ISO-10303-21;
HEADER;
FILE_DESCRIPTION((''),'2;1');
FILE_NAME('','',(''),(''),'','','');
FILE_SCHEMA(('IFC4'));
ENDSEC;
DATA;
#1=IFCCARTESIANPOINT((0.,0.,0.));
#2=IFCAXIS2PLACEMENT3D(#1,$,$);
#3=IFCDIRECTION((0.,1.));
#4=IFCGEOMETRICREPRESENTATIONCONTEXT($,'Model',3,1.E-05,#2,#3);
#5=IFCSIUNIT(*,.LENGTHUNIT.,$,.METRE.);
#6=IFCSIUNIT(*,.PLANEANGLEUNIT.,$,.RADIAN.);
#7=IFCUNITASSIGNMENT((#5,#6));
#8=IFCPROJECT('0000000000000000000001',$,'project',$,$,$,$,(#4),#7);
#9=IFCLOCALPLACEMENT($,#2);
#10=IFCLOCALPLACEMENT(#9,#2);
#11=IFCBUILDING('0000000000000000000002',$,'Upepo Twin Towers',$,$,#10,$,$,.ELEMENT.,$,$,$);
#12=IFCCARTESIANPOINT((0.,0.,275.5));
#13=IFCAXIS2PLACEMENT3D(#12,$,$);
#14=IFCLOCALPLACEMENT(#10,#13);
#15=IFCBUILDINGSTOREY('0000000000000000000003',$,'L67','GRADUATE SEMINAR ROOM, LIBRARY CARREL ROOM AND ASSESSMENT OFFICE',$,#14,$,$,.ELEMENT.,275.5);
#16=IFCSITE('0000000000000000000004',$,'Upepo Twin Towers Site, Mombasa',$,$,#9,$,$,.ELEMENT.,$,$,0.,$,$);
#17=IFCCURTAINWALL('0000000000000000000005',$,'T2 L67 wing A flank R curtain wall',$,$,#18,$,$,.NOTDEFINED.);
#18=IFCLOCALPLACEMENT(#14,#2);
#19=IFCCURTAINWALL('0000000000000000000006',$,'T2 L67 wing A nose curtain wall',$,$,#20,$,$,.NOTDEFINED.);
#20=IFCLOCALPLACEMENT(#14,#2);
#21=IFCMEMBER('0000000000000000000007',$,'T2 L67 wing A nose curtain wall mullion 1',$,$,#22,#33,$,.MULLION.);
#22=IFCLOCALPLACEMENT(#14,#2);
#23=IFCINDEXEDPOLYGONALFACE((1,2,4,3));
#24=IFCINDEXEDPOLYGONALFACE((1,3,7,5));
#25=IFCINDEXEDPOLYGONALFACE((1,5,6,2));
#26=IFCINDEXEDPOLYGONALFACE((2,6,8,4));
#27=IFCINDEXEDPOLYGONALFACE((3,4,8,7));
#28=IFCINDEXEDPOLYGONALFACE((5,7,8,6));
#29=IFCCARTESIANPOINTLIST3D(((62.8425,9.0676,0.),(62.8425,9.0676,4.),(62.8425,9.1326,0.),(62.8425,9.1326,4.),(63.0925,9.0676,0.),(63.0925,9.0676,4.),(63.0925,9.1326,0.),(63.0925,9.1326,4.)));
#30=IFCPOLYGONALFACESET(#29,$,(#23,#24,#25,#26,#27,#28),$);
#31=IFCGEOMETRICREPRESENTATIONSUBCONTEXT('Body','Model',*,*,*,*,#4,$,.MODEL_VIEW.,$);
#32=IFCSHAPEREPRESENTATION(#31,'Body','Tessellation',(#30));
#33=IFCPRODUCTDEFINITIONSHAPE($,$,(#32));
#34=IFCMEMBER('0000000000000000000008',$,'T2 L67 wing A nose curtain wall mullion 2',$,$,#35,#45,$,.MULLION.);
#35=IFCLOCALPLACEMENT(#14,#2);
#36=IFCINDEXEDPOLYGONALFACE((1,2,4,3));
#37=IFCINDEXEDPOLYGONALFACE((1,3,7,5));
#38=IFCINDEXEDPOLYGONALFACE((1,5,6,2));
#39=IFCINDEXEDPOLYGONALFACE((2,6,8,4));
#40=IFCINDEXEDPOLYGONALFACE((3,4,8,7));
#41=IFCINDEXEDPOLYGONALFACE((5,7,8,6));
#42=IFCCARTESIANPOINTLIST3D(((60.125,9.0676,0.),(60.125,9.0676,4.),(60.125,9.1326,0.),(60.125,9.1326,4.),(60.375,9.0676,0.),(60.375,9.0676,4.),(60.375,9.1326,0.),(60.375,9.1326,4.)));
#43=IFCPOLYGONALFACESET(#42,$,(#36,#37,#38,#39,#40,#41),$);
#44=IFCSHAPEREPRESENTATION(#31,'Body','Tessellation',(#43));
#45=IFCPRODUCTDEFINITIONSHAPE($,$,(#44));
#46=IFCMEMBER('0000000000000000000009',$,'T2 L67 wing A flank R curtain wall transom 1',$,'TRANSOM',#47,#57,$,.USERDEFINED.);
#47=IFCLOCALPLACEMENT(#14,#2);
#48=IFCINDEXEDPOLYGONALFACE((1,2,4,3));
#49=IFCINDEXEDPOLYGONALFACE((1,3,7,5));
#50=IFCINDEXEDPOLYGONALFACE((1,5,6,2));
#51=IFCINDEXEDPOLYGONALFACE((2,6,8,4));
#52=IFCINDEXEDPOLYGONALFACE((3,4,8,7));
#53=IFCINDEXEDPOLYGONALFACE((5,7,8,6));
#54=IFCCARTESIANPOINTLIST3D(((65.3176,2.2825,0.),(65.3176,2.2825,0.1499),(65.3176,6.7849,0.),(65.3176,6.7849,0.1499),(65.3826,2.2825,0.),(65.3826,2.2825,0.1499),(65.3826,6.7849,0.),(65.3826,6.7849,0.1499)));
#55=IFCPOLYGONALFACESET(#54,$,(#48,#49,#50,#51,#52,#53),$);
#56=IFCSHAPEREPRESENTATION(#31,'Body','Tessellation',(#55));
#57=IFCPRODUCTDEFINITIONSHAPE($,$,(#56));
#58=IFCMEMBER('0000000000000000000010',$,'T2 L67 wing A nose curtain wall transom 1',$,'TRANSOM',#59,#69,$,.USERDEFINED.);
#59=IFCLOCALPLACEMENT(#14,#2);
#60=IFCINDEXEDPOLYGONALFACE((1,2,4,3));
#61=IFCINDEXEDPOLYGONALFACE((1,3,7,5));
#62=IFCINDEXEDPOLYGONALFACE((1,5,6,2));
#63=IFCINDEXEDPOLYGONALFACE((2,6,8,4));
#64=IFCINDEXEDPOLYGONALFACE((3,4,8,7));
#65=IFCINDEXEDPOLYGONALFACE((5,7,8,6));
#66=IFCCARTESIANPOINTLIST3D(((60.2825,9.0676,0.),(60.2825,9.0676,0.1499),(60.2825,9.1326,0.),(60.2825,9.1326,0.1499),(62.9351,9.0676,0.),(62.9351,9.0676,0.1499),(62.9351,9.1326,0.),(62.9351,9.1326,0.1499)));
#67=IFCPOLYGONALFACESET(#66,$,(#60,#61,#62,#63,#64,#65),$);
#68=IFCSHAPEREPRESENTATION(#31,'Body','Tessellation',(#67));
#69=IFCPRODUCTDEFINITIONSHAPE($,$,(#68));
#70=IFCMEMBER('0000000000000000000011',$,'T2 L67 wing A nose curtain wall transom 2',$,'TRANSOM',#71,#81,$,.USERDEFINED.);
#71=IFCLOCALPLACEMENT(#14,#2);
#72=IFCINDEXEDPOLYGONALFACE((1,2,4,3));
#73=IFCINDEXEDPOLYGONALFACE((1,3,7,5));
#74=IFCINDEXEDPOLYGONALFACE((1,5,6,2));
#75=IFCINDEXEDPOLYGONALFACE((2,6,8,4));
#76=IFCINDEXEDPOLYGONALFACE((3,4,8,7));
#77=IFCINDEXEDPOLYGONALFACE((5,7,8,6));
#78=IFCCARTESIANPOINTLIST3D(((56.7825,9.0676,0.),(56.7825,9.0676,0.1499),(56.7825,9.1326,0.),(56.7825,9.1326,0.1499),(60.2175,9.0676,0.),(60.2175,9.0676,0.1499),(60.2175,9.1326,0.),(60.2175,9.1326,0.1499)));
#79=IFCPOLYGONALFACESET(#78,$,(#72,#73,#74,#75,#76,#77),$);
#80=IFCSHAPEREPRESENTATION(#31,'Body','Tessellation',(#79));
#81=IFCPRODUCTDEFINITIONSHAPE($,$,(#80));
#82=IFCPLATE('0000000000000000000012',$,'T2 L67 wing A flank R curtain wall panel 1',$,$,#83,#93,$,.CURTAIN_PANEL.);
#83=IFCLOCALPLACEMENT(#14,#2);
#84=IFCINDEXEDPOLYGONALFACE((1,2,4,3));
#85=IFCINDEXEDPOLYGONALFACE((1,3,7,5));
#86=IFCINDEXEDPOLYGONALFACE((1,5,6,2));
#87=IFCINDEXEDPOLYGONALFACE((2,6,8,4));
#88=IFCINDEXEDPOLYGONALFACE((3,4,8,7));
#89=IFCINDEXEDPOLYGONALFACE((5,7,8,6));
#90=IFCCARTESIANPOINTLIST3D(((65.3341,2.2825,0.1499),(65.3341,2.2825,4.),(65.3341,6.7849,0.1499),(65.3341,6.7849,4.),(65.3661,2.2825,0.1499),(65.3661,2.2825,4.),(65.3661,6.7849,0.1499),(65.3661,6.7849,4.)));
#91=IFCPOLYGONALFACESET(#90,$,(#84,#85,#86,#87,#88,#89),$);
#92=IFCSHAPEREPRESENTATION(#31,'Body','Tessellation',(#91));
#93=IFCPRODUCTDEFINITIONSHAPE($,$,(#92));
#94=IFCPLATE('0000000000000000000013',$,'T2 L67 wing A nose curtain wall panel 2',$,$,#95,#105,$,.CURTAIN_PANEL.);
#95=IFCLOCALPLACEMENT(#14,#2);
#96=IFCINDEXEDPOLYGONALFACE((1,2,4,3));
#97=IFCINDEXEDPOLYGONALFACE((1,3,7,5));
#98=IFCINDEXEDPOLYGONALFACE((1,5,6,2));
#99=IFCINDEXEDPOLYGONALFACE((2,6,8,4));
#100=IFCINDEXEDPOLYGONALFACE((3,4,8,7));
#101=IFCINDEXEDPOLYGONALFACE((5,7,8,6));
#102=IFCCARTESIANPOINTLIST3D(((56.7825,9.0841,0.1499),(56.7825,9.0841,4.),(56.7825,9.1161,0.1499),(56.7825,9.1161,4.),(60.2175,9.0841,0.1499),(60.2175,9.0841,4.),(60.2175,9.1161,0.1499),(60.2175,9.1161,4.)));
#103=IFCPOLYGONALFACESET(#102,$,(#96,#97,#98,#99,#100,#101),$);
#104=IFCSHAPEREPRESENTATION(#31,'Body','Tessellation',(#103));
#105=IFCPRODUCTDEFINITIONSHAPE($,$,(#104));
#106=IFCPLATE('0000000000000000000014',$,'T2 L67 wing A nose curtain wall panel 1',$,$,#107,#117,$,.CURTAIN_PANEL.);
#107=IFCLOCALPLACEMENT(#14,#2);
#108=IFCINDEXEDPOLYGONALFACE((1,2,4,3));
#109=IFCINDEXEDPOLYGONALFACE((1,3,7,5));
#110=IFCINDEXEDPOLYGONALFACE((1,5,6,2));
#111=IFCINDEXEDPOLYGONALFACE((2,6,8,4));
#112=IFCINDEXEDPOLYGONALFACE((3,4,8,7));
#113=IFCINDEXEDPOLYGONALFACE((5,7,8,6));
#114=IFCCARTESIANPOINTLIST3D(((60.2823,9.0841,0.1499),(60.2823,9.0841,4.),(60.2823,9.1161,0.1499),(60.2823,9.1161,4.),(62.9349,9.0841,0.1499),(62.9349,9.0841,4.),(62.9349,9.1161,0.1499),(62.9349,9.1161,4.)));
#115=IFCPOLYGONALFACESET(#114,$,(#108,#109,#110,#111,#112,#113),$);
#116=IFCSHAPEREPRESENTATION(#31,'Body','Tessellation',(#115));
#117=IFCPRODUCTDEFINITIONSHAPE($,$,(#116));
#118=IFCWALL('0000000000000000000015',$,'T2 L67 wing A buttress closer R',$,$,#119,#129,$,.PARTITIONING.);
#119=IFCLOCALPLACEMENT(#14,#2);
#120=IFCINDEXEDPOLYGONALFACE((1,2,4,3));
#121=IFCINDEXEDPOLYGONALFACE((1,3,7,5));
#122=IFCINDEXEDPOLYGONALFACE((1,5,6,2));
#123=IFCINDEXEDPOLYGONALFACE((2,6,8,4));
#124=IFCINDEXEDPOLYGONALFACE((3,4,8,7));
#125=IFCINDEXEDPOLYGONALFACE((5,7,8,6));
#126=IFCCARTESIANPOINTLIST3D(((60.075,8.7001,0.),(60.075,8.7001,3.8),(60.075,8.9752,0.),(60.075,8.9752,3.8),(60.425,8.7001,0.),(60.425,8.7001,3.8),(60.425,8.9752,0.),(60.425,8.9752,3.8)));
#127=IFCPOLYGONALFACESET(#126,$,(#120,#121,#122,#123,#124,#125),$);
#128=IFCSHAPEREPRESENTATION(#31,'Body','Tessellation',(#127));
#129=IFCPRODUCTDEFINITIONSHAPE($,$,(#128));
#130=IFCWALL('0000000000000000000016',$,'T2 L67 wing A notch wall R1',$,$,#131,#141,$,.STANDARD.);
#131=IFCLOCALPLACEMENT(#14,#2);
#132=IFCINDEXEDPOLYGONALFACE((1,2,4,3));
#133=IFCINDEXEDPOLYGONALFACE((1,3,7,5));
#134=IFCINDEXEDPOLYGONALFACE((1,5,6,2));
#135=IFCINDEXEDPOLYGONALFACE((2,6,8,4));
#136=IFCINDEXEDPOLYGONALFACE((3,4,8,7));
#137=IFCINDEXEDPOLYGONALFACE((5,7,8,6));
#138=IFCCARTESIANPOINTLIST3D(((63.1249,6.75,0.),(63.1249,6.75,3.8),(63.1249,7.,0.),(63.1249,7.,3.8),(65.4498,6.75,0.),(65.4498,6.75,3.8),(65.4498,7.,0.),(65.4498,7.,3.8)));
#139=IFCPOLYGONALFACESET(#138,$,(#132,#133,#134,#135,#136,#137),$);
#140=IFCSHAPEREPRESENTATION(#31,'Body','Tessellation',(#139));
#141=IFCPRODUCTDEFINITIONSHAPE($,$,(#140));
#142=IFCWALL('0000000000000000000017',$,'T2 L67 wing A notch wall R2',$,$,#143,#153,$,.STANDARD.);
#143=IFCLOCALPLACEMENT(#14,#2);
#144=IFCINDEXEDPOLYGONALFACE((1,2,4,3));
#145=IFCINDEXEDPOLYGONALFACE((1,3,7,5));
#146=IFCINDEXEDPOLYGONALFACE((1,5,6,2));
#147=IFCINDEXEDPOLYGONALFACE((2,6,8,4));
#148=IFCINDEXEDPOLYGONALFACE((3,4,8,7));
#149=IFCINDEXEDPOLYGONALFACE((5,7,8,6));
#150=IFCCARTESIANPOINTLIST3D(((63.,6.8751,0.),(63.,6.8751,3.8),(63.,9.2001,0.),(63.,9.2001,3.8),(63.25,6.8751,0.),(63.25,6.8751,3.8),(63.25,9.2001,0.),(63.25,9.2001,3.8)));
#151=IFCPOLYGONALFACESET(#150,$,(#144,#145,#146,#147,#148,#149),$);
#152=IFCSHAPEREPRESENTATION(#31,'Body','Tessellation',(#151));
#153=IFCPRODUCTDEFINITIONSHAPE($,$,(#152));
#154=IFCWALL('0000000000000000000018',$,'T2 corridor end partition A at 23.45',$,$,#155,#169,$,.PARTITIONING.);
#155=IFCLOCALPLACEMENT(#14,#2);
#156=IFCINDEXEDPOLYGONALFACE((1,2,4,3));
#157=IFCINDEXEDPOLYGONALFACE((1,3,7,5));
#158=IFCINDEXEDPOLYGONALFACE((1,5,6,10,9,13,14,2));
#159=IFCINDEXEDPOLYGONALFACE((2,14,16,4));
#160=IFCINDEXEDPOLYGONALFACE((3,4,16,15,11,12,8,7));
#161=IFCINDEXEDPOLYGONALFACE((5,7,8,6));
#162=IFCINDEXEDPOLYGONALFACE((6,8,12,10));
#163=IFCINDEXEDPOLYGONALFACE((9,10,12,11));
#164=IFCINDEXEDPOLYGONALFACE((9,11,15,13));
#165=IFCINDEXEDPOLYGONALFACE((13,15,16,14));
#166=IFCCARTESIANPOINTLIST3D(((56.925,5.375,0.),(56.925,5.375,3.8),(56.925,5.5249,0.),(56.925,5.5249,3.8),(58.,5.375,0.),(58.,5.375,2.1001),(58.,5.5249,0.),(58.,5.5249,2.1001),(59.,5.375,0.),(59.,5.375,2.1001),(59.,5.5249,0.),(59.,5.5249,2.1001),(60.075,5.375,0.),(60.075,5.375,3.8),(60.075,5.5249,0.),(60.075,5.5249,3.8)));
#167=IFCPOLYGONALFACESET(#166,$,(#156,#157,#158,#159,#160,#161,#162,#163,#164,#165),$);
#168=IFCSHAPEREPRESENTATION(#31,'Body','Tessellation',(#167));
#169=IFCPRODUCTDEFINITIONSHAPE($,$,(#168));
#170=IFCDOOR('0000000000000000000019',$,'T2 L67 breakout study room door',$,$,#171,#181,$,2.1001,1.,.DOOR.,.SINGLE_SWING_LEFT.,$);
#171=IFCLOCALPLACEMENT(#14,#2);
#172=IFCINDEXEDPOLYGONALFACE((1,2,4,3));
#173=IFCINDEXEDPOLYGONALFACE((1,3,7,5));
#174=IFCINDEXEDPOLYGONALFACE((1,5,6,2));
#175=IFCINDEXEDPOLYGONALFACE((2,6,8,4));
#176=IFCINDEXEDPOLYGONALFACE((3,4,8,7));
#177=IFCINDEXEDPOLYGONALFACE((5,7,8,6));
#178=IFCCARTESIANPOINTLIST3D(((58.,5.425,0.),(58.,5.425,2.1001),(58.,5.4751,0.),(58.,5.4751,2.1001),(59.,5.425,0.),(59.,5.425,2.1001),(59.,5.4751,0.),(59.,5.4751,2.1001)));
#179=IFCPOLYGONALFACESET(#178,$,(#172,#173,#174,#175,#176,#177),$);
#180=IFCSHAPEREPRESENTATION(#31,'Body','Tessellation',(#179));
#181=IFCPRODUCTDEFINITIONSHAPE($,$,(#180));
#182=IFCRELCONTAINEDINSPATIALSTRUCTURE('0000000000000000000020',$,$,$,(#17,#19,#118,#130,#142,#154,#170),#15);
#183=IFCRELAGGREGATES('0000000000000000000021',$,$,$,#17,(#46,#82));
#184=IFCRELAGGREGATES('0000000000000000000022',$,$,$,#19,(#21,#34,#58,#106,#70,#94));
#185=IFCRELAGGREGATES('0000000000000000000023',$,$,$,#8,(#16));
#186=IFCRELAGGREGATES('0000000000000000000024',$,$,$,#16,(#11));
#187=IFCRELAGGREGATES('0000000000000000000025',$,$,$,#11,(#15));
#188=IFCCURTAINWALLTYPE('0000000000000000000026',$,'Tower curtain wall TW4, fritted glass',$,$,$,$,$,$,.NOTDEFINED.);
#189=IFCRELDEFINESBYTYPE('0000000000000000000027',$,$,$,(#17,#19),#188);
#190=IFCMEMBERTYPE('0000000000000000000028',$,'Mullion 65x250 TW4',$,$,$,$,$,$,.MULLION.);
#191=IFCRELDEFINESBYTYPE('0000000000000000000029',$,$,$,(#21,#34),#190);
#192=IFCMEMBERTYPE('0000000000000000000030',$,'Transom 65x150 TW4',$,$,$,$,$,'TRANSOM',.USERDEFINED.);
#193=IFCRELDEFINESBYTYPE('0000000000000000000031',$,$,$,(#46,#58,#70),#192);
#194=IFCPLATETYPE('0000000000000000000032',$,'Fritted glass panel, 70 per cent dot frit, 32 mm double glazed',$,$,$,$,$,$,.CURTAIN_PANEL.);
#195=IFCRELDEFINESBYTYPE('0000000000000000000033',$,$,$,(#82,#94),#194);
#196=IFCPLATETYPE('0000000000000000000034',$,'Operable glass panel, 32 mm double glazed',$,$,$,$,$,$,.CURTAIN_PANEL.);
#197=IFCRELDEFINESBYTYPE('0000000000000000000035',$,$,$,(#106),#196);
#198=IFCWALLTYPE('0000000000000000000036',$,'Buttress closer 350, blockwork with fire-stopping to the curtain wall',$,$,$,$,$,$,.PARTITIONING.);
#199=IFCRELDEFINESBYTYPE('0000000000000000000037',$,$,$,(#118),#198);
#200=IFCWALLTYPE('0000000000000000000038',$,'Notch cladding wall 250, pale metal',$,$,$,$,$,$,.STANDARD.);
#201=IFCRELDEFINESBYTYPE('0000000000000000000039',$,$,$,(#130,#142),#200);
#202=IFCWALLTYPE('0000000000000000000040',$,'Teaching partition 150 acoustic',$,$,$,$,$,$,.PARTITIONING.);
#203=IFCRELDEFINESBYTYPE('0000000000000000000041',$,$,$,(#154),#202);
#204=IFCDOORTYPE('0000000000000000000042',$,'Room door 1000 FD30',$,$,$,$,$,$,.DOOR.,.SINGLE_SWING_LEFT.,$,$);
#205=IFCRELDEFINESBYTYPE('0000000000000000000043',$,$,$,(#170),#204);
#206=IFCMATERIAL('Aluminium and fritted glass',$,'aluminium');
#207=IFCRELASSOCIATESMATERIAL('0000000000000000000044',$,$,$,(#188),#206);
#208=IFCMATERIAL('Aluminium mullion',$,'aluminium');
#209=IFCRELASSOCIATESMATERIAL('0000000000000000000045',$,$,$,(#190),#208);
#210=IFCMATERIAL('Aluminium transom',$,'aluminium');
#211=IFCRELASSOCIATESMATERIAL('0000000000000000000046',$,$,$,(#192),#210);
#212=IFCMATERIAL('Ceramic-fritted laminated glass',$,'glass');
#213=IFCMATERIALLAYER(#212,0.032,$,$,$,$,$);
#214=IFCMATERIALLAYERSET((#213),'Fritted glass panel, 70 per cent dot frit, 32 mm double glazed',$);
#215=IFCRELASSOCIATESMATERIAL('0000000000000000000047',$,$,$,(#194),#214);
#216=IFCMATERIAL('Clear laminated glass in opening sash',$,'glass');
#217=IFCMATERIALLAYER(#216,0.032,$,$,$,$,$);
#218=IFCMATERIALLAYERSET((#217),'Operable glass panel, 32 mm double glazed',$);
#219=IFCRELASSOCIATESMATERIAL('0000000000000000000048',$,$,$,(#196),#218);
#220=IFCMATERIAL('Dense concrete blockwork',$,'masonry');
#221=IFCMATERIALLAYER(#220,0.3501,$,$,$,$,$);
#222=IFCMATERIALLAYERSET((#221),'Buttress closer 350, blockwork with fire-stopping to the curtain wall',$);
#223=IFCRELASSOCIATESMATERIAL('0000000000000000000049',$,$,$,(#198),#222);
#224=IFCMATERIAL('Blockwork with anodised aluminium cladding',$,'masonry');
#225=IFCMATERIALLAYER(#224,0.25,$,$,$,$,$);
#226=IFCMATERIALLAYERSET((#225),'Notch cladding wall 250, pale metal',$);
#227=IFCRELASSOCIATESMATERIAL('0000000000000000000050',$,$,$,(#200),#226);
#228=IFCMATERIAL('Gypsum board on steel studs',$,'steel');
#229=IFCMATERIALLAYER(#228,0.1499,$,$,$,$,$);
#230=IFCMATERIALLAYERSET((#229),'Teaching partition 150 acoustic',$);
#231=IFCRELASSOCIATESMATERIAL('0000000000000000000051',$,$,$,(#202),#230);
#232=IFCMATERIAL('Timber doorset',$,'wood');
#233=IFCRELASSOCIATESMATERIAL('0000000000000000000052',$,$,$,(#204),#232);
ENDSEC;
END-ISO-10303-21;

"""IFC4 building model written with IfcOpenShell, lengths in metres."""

from ifc_helpers import new_model, si_unit, direction, frame, frame_2d, origin, origin_2d, place, context, subcontext, project, spatial, rectangle, extrude, material, layer, layer_set, material_profile, profile_set, type_object, element, fill, aggregate, save


model = new_model("IFC4")

# Units and contexts
model_context = context("Model", 3, precision=1e-05, world=origin(), true_north=direction((0.0, 1.0)))
body_context = subcontext(model_context, "Body", "Model", "MODEL_VIEW")
ifc_project = project(units=[si_unit("LENGTHUNIT", "METRE"), si_unit("PLANEANGLEUNIT", "RADIAN")], contexts=[model_context])

# Site, building, storey
site_placement = place(None, origin())
site = spatial("IfcSite", under=ifc_project, at=site_placement, Name="Upepo Twin Towers Site, Mombasa", CompositionType="ELEMENT", RefElevation=0.0)
building_placement = place(site_placement, origin())
building = spatial("IfcBuilding", under=site, at=building_placement, Name="Upepo Twin Towers", CompositionType="ELEMENT")
storey_placement = place(building_placement, frame((0.0, 0.0, 275.5)))
storey = spatial("IfcBuildingStorey", under=building, at=storey_placement, Name="L67", Description="GRADUATE SEMINAR ROOM, LIBRARY CARREL ROOM AND ASSESSMENT OFFICE", CompositionType="ELEMENT", Elevation=275.5)

# Curtain wall
ifc_material_1 = material(Name="Aluminium and fritted glass", Category="aluminium")
curtain_wall_type = type_object("IfcCurtainWallType", Name="Tower curtain wall TW4, fritted glass", PredefinedType="NOTDEFINED", material=ifc_material_1)
curtain_wall_1_placement = place(storey_placement, origin())
curtain_wall_1 = element("IfcCurtainWall", 1, at=curtain_wall_1_placement, inside=storey, type_object=curtain_wall_type, Name="T2 L67 wing A flank R curtain wall", PredefinedType="NOTDEFINED")
ifc_material_2 = material(Name="Aluminium mullion", Category="aluminium")
ifc_material_profile_1 = material_profile(ifc_material_2, rectangle(XDim=0.0649, YDim=0.25, at=origin_2d()), Name="MULLION 65x250")
ifc_profile_set_1 = profile_set([ifc_material_profile_1], Name="Aluminium mullion")
member_type_1 = type_object("IfcMemberType", Name="Mullion 65x250 TW4", PredefinedType="MULLION", material=ifc_profile_set_1)

# Curtain wall, members
curtain_wall_2_placement = place(storey_placement, origin())
curtain_wall_2 = element("IfcCurtainWall", 2, at=curtain_wall_2_placement, inside=storey, type_object=curtain_wall_type, Name="T2 L67 wing A nose curtain wall", PredefinedType="NOTDEFINED")
member_1_placement = place(storey_placement, frame((62.9675, 9.1001, 0.0), z_axis=(0.0, 0.0, 1.0), x_axis=(0.0, -1.0, 0.0)))
member_1 = element("IfcMember", 3, at=member_1_placement, type_object=member_type_1, Name="T2 L67 wing A nose curtain wall mullion 1", PredefinedType="MULLION", context=body_context, shape_type="SweptSolid", body=[
    extrude(rectangle(XDim=0.0649, YDim=0.25, at=origin_2d()), origin(), (0.0, 0.0, 1.0), 4.0),
])
member_2_placement = place(storey_placement, frame((60.25, 9.1001, 0.0), z_axis=(0.0, 0.0, 1.0), x_axis=(0.0, -1.0, 0.0)))
member_2 = element("IfcMember", 4, at=member_2_placement, type_object=member_type_1, Name="T2 L67 wing A nose curtain wall mullion 2", PredefinedType="MULLION", context=body_context, shape_type="SweptSolid", body=[
    extrude(rectangle(XDim=0.0649, YDim=0.25, at=origin_2d()), origin(), (0.0, 0.0, 1.0), 4.0),
])

# Members
ifc_material_3 = material(Name="Aluminium transom", Category="aluminium")
ifc_material_profile_2 = material_profile(ifc_material_3, rectangle(XDim=0.0649, YDim=0.1499, at=origin_2d()), Name="TRANSOM 65x150")
ifc_profile_set_2 = profile_set([ifc_material_profile_2], Name="Aluminium transom")
member_type_2 = type_object("IfcMemberType", Name="Transom 65x150 TW4", ElementType="TRANSOM", PredefinedType="USERDEFINED", material=ifc_profile_set_2)
member_3_placement = place(storey_placement, frame((65.3501, 6.7849, 0.075), z_axis=(0.0, -1.0, 0.0), x_axis=(1.0, 0.0, 0.0)))
member_3 = element("IfcMember", 5, at=member_3_placement, type_object=member_type_2, Name="T2 L67 wing A flank R curtain wall transom 1", ObjectType="TRANSOM", PredefinedType="USERDEFINED", context=body_context, shape_type="SweptSolid", body=[
    extrude(rectangle(XDim=0.0649, YDim=0.1499, at=origin_2d()), origin(), (0.0, 0.0, 1.0), 4.5024),
])
member_4_placement = place(storey_placement, frame((62.9351, 9.1001, 0.075), z_axis=(-1.0, 0.0, 0.0), x_axis=(0.0, -1.0, 0.0)))
member_4 = element("IfcMember", 6, at=member_4_placement, type_object=member_type_2, Name="T2 L67 wing A nose curtain wall transom 1", ObjectType="TRANSOM", PredefinedType="USERDEFINED", context=body_context, shape_type="SweptSolid", body=[
    extrude(rectangle(XDim=0.0649, YDim=0.1499, at=origin_2d()), origin(), (0.0, 0.0, 1.0), 2.6526),
])
member_5_placement = place(storey_placement, frame((60.2175, 9.1001, 0.075), z_axis=(-1.0, 0.0, 0.0), x_axis=(0.0, -1.0, 0.0)))
member_5 = element("IfcMember", 7, at=member_5_placement, type_object=member_type_2, Name="T2 L67 wing A nose curtain wall transom 2", ObjectType="TRANSOM", PredefinedType="USERDEFINED", context=body_context, shape_type="SweptSolid", body=[
    extrude(rectangle(XDim=0.0649, YDim=0.1499, at=origin_2d()), origin(), (0.0, 0.0, 1.0), 3.4351),
])

# Plates
ifc_material_4 = material(Name="Ceramic-fritted laminated glass", Category="glass")
ifc_layer_1 = layer(ifc_material_4, 0.032)
ifc_layer_set_1 = layer_set([ifc_layer_1], Name="Fritted glass panel, 70 per cent dot frit, 32 mm double glazed")
plate_type_1 = type_object("IfcPlateType", Name="Fritted glass panel, 70 per cent dot frit, 32 mm double glazed", PredefinedType="CURTAIN_PANEL", material=ifc_layer_set_1)
plate_1_placement = place(storey_placement, frame((65.3501, 4.5337, 0.1499), z_axis=(0.0, 0.0, 1.0), x_axis=(0.0, -1.0, 0.0)))
plate_1 = element("IfcPlate", 8, at=plate_1_placement, type_object=plate_type_1, Name="T2 L67 wing A flank R curtain wall panel 1", PredefinedType="CURTAIN_PANEL", context=body_context, shape_type="SweptSolid", body=[
    extrude(rectangle(XDim=4.5024, YDim=0.032, at=origin_2d()), origin(), (0.0, 0.0, 1.0), 3.8501),
])
aggregate(curtain_wall_1, [member_3, plate_1])
plate_2_placement = place(storey_placement, frame((58.5, 9.1001, 0.1499), z_axis=(0.0, 0.0, 1.0), x_axis=(-1.0, 0.0, 0.0)))
plate_2 = element("IfcPlate", 9, at=plate_2_placement, type_object=plate_type_1, Name="T2 L67 wing A nose curtain wall panel 2", PredefinedType="CURTAIN_PANEL", context=body_context, shape_type="SweptSolid", body=[
    extrude(rectangle(XDim=3.4351, YDim=0.032, at=origin_2d()), origin(), (0.0, 0.0, 1.0), 3.8501),
])
ifc_material_5 = material(Name="Clear laminated glass in opening sash", Category="glass")
ifc_layer_2 = layer(ifc_material_5, 0.032)
ifc_layer_set_2 = layer_set([ifc_layer_2], Name="Operable glass panel, 32 mm double glazed")
plate_type_2 = type_object("IfcPlateType", Name="Operable glass panel, 32 mm double glazed", PredefinedType="CURTAIN_PANEL", material=ifc_layer_set_2)
plate_3_placement = place(storey_placement, frame((61.6086, 9.1001, 0.1499), z_axis=(0.0, 0.0, 1.0), x_axis=(-1.0, 0.0, 0.0)))
plate_3 = element("IfcPlate", 10, at=plate_3_placement, type_object=plate_type_2, Name="T2 L67 wing A nose curtain wall panel 1", PredefinedType="CURTAIN_PANEL", context=body_context, shape_type="SweptSolid", body=[
    extrude(rectangle(XDim=2.6526, YDim=0.032, at=origin_2d()), origin(), (0.0, 0.0, 1.0), 3.8501),
])
aggregate(curtain_wall_2, [member_1, member_2, member_4, plate_3, member_5, plate_2])

# Walls
ifc_material_6 = material(Name="Dense concrete blockwork", Category="masonry")
ifc_layer_3 = layer(ifc_material_6, 0.3501)
ifc_layer_set_3 = layer_set([ifc_layer_3], Name="Buttress closer 350, blockwork with fire-stopping to the curtain wall")
wall_type_1 = type_object("IfcWallType", Name="Buttress closer 350, blockwork with fire-stopping to the curtain wall", PredefinedType="PARTITIONING", material=ifc_layer_set_3)
wall_1_placement = place(storey_placement, frame((60.25, 8.7, 0.0), z_axis=(0.0, 0.0, 1.0), x_axis=(0.0, 1.0, 0.0)))
element("IfcWall", 11, at=wall_1_placement, inside=storey, type_object=wall_type_1, Name="T2 L67 wing A buttress closer R", PredefinedType="PARTITIONING", context=body_context, shape_type="SweptSolid", body=[
    extrude(rectangle(XDim=0.2751, YDim=0.3501, at=frame_2d((0.1377, 0.0))), origin(), (0.0, 0.0, 1.0), 3.8),
])
ifc_material_7 = material(Name="Blockwork with anodised aluminium cladding", Category="masonry")
ifc_layer_4 = layer(ifc_material_7, 0.25)
ifc_layer_set_4 = layer_set([ifc_layer_4], Name="Notch cladding wall 250, pale metal")
wall_type_2 = type_object("IfcWallType", Name="Notch cladding wall 250, pale metal", PredefinedType="STANDARD", material=ifc_layer_set_4)
for number, where, z_axis, x_axis, name in (
    (12, (65.45, 6.875, 0.0), (0.0, 0.0, 1.0), (-1.0, 0.0, 0.0), "T2 L67 wing A notch wall R1"),
    (13, (63.125, 6.875, 0.0), (0.0, 0.0, 1.0), (0.0, 1.0, 0.0), "T2 L67 wing A notch wall R2"),
):
    element("IfcWall", number, at=place(storey_placement, frame(where, z_axis=z_axis, x_axis=x_axis)), inside=storey, type_object=wall_type_2, Name=name, PredefinedType="STANDARD", context=body_context, shape_type="SweptSolid", body=[
        extrude(rectangle(XDim=2.325, YDim=0.25, at=frame_2d((1.1626, 0.0))), origin(), (0.0, 0.0, 1.0), 3.8),
    ])

# Wall, opening, door
ifc_material_8 = material(Name="Gypsum board on steel studs", Category="steel")
ifc_layer_5 = layer(ifc_material_8, 0.1499)
ifc_layer_set_5 = layer_set([ifc_layer_5], Name="Teaching partition 150 acoustic")
wall_type_3 = type_object("IfcWallType", Name="Teaching partition 150 acoustic", PredefinedType="PARTITIONING", material=ifc_layer_set_5)
wall_2_placement = place(storey_placement, frame((60.075, 5.45, 0.0), z_axis=(0.0, 0.0, 1.0), x_axis=(-1.0, 0.0, 0.0)))
wall_2 = element("IfcWall", 14, at=wall_2_placement, inside=storey, type_object=wall_type_3, Name="T2 corridor end partition A at 23.45", PredefinedType="PARTITIONING", context=body_context, shape_type="SweptSolid", body=[
    extrude(rectangle(XDim=3.1499, YDim=0.1499, at=frame_2d((1.575, 0.0))), origin(), (0.0, 0.0, 1.0), 3.8),
])
opening_placement = place(wall_2_placement, frame((1.075, 0.0, 0.0)))
opening = element("IfcOpeningElement", 15, at=opening_placement, cuts=wall_2, PredefinedType="OPENING", context=body_context, shape_type="SweptSolid", body=[
    extrude(rectangle(XDim=1.0, YDim=2.1001, at=frame_2d((0.5, 1.05))), frame((0.0, 0.085, 0.0), z_axis=(0.0, -1.0, 0.0), x_axis=(1.0, 0.0, 0.0)), (0.0, 0.0, 1.0), 0.1699),
])
ifc_material_9 = material(Name="Timber doorset", Category="wood")
door_type = type_object("IfcDoorType", Name="Room door 1000 FD30", OperationType="SINGLE_SWING_LEFT", PredefinedType="DOOR", material=ifc_material_9)
door_placement = place(opening_placement, origin())
door = element("IfcDoor", 16, at=door_placement, inside=storey, type_object=door_type, Name="T2 L67 breakout study room door", OperationType="SINGLE_SWING_LEFT", OverallHeight=2.1001, OverallWidth=1.0, PredefinedType="DOOR", context=body_context, shape_type="SweptSolid", body=[
    extrude(rectangle(XDim=1.0, YDim=2.1001, at=frame_2d((0.5, 1.05))), frame((0.0, 0.0249, 0.0), z_axis=(0.0, -1.0, 0.0), x_axis=(1.0, 0.0, 0.0)), (0.0, 0.0, 1.0), 0.05),
])
fill(opening, door)

save(model, "model.ifc")
